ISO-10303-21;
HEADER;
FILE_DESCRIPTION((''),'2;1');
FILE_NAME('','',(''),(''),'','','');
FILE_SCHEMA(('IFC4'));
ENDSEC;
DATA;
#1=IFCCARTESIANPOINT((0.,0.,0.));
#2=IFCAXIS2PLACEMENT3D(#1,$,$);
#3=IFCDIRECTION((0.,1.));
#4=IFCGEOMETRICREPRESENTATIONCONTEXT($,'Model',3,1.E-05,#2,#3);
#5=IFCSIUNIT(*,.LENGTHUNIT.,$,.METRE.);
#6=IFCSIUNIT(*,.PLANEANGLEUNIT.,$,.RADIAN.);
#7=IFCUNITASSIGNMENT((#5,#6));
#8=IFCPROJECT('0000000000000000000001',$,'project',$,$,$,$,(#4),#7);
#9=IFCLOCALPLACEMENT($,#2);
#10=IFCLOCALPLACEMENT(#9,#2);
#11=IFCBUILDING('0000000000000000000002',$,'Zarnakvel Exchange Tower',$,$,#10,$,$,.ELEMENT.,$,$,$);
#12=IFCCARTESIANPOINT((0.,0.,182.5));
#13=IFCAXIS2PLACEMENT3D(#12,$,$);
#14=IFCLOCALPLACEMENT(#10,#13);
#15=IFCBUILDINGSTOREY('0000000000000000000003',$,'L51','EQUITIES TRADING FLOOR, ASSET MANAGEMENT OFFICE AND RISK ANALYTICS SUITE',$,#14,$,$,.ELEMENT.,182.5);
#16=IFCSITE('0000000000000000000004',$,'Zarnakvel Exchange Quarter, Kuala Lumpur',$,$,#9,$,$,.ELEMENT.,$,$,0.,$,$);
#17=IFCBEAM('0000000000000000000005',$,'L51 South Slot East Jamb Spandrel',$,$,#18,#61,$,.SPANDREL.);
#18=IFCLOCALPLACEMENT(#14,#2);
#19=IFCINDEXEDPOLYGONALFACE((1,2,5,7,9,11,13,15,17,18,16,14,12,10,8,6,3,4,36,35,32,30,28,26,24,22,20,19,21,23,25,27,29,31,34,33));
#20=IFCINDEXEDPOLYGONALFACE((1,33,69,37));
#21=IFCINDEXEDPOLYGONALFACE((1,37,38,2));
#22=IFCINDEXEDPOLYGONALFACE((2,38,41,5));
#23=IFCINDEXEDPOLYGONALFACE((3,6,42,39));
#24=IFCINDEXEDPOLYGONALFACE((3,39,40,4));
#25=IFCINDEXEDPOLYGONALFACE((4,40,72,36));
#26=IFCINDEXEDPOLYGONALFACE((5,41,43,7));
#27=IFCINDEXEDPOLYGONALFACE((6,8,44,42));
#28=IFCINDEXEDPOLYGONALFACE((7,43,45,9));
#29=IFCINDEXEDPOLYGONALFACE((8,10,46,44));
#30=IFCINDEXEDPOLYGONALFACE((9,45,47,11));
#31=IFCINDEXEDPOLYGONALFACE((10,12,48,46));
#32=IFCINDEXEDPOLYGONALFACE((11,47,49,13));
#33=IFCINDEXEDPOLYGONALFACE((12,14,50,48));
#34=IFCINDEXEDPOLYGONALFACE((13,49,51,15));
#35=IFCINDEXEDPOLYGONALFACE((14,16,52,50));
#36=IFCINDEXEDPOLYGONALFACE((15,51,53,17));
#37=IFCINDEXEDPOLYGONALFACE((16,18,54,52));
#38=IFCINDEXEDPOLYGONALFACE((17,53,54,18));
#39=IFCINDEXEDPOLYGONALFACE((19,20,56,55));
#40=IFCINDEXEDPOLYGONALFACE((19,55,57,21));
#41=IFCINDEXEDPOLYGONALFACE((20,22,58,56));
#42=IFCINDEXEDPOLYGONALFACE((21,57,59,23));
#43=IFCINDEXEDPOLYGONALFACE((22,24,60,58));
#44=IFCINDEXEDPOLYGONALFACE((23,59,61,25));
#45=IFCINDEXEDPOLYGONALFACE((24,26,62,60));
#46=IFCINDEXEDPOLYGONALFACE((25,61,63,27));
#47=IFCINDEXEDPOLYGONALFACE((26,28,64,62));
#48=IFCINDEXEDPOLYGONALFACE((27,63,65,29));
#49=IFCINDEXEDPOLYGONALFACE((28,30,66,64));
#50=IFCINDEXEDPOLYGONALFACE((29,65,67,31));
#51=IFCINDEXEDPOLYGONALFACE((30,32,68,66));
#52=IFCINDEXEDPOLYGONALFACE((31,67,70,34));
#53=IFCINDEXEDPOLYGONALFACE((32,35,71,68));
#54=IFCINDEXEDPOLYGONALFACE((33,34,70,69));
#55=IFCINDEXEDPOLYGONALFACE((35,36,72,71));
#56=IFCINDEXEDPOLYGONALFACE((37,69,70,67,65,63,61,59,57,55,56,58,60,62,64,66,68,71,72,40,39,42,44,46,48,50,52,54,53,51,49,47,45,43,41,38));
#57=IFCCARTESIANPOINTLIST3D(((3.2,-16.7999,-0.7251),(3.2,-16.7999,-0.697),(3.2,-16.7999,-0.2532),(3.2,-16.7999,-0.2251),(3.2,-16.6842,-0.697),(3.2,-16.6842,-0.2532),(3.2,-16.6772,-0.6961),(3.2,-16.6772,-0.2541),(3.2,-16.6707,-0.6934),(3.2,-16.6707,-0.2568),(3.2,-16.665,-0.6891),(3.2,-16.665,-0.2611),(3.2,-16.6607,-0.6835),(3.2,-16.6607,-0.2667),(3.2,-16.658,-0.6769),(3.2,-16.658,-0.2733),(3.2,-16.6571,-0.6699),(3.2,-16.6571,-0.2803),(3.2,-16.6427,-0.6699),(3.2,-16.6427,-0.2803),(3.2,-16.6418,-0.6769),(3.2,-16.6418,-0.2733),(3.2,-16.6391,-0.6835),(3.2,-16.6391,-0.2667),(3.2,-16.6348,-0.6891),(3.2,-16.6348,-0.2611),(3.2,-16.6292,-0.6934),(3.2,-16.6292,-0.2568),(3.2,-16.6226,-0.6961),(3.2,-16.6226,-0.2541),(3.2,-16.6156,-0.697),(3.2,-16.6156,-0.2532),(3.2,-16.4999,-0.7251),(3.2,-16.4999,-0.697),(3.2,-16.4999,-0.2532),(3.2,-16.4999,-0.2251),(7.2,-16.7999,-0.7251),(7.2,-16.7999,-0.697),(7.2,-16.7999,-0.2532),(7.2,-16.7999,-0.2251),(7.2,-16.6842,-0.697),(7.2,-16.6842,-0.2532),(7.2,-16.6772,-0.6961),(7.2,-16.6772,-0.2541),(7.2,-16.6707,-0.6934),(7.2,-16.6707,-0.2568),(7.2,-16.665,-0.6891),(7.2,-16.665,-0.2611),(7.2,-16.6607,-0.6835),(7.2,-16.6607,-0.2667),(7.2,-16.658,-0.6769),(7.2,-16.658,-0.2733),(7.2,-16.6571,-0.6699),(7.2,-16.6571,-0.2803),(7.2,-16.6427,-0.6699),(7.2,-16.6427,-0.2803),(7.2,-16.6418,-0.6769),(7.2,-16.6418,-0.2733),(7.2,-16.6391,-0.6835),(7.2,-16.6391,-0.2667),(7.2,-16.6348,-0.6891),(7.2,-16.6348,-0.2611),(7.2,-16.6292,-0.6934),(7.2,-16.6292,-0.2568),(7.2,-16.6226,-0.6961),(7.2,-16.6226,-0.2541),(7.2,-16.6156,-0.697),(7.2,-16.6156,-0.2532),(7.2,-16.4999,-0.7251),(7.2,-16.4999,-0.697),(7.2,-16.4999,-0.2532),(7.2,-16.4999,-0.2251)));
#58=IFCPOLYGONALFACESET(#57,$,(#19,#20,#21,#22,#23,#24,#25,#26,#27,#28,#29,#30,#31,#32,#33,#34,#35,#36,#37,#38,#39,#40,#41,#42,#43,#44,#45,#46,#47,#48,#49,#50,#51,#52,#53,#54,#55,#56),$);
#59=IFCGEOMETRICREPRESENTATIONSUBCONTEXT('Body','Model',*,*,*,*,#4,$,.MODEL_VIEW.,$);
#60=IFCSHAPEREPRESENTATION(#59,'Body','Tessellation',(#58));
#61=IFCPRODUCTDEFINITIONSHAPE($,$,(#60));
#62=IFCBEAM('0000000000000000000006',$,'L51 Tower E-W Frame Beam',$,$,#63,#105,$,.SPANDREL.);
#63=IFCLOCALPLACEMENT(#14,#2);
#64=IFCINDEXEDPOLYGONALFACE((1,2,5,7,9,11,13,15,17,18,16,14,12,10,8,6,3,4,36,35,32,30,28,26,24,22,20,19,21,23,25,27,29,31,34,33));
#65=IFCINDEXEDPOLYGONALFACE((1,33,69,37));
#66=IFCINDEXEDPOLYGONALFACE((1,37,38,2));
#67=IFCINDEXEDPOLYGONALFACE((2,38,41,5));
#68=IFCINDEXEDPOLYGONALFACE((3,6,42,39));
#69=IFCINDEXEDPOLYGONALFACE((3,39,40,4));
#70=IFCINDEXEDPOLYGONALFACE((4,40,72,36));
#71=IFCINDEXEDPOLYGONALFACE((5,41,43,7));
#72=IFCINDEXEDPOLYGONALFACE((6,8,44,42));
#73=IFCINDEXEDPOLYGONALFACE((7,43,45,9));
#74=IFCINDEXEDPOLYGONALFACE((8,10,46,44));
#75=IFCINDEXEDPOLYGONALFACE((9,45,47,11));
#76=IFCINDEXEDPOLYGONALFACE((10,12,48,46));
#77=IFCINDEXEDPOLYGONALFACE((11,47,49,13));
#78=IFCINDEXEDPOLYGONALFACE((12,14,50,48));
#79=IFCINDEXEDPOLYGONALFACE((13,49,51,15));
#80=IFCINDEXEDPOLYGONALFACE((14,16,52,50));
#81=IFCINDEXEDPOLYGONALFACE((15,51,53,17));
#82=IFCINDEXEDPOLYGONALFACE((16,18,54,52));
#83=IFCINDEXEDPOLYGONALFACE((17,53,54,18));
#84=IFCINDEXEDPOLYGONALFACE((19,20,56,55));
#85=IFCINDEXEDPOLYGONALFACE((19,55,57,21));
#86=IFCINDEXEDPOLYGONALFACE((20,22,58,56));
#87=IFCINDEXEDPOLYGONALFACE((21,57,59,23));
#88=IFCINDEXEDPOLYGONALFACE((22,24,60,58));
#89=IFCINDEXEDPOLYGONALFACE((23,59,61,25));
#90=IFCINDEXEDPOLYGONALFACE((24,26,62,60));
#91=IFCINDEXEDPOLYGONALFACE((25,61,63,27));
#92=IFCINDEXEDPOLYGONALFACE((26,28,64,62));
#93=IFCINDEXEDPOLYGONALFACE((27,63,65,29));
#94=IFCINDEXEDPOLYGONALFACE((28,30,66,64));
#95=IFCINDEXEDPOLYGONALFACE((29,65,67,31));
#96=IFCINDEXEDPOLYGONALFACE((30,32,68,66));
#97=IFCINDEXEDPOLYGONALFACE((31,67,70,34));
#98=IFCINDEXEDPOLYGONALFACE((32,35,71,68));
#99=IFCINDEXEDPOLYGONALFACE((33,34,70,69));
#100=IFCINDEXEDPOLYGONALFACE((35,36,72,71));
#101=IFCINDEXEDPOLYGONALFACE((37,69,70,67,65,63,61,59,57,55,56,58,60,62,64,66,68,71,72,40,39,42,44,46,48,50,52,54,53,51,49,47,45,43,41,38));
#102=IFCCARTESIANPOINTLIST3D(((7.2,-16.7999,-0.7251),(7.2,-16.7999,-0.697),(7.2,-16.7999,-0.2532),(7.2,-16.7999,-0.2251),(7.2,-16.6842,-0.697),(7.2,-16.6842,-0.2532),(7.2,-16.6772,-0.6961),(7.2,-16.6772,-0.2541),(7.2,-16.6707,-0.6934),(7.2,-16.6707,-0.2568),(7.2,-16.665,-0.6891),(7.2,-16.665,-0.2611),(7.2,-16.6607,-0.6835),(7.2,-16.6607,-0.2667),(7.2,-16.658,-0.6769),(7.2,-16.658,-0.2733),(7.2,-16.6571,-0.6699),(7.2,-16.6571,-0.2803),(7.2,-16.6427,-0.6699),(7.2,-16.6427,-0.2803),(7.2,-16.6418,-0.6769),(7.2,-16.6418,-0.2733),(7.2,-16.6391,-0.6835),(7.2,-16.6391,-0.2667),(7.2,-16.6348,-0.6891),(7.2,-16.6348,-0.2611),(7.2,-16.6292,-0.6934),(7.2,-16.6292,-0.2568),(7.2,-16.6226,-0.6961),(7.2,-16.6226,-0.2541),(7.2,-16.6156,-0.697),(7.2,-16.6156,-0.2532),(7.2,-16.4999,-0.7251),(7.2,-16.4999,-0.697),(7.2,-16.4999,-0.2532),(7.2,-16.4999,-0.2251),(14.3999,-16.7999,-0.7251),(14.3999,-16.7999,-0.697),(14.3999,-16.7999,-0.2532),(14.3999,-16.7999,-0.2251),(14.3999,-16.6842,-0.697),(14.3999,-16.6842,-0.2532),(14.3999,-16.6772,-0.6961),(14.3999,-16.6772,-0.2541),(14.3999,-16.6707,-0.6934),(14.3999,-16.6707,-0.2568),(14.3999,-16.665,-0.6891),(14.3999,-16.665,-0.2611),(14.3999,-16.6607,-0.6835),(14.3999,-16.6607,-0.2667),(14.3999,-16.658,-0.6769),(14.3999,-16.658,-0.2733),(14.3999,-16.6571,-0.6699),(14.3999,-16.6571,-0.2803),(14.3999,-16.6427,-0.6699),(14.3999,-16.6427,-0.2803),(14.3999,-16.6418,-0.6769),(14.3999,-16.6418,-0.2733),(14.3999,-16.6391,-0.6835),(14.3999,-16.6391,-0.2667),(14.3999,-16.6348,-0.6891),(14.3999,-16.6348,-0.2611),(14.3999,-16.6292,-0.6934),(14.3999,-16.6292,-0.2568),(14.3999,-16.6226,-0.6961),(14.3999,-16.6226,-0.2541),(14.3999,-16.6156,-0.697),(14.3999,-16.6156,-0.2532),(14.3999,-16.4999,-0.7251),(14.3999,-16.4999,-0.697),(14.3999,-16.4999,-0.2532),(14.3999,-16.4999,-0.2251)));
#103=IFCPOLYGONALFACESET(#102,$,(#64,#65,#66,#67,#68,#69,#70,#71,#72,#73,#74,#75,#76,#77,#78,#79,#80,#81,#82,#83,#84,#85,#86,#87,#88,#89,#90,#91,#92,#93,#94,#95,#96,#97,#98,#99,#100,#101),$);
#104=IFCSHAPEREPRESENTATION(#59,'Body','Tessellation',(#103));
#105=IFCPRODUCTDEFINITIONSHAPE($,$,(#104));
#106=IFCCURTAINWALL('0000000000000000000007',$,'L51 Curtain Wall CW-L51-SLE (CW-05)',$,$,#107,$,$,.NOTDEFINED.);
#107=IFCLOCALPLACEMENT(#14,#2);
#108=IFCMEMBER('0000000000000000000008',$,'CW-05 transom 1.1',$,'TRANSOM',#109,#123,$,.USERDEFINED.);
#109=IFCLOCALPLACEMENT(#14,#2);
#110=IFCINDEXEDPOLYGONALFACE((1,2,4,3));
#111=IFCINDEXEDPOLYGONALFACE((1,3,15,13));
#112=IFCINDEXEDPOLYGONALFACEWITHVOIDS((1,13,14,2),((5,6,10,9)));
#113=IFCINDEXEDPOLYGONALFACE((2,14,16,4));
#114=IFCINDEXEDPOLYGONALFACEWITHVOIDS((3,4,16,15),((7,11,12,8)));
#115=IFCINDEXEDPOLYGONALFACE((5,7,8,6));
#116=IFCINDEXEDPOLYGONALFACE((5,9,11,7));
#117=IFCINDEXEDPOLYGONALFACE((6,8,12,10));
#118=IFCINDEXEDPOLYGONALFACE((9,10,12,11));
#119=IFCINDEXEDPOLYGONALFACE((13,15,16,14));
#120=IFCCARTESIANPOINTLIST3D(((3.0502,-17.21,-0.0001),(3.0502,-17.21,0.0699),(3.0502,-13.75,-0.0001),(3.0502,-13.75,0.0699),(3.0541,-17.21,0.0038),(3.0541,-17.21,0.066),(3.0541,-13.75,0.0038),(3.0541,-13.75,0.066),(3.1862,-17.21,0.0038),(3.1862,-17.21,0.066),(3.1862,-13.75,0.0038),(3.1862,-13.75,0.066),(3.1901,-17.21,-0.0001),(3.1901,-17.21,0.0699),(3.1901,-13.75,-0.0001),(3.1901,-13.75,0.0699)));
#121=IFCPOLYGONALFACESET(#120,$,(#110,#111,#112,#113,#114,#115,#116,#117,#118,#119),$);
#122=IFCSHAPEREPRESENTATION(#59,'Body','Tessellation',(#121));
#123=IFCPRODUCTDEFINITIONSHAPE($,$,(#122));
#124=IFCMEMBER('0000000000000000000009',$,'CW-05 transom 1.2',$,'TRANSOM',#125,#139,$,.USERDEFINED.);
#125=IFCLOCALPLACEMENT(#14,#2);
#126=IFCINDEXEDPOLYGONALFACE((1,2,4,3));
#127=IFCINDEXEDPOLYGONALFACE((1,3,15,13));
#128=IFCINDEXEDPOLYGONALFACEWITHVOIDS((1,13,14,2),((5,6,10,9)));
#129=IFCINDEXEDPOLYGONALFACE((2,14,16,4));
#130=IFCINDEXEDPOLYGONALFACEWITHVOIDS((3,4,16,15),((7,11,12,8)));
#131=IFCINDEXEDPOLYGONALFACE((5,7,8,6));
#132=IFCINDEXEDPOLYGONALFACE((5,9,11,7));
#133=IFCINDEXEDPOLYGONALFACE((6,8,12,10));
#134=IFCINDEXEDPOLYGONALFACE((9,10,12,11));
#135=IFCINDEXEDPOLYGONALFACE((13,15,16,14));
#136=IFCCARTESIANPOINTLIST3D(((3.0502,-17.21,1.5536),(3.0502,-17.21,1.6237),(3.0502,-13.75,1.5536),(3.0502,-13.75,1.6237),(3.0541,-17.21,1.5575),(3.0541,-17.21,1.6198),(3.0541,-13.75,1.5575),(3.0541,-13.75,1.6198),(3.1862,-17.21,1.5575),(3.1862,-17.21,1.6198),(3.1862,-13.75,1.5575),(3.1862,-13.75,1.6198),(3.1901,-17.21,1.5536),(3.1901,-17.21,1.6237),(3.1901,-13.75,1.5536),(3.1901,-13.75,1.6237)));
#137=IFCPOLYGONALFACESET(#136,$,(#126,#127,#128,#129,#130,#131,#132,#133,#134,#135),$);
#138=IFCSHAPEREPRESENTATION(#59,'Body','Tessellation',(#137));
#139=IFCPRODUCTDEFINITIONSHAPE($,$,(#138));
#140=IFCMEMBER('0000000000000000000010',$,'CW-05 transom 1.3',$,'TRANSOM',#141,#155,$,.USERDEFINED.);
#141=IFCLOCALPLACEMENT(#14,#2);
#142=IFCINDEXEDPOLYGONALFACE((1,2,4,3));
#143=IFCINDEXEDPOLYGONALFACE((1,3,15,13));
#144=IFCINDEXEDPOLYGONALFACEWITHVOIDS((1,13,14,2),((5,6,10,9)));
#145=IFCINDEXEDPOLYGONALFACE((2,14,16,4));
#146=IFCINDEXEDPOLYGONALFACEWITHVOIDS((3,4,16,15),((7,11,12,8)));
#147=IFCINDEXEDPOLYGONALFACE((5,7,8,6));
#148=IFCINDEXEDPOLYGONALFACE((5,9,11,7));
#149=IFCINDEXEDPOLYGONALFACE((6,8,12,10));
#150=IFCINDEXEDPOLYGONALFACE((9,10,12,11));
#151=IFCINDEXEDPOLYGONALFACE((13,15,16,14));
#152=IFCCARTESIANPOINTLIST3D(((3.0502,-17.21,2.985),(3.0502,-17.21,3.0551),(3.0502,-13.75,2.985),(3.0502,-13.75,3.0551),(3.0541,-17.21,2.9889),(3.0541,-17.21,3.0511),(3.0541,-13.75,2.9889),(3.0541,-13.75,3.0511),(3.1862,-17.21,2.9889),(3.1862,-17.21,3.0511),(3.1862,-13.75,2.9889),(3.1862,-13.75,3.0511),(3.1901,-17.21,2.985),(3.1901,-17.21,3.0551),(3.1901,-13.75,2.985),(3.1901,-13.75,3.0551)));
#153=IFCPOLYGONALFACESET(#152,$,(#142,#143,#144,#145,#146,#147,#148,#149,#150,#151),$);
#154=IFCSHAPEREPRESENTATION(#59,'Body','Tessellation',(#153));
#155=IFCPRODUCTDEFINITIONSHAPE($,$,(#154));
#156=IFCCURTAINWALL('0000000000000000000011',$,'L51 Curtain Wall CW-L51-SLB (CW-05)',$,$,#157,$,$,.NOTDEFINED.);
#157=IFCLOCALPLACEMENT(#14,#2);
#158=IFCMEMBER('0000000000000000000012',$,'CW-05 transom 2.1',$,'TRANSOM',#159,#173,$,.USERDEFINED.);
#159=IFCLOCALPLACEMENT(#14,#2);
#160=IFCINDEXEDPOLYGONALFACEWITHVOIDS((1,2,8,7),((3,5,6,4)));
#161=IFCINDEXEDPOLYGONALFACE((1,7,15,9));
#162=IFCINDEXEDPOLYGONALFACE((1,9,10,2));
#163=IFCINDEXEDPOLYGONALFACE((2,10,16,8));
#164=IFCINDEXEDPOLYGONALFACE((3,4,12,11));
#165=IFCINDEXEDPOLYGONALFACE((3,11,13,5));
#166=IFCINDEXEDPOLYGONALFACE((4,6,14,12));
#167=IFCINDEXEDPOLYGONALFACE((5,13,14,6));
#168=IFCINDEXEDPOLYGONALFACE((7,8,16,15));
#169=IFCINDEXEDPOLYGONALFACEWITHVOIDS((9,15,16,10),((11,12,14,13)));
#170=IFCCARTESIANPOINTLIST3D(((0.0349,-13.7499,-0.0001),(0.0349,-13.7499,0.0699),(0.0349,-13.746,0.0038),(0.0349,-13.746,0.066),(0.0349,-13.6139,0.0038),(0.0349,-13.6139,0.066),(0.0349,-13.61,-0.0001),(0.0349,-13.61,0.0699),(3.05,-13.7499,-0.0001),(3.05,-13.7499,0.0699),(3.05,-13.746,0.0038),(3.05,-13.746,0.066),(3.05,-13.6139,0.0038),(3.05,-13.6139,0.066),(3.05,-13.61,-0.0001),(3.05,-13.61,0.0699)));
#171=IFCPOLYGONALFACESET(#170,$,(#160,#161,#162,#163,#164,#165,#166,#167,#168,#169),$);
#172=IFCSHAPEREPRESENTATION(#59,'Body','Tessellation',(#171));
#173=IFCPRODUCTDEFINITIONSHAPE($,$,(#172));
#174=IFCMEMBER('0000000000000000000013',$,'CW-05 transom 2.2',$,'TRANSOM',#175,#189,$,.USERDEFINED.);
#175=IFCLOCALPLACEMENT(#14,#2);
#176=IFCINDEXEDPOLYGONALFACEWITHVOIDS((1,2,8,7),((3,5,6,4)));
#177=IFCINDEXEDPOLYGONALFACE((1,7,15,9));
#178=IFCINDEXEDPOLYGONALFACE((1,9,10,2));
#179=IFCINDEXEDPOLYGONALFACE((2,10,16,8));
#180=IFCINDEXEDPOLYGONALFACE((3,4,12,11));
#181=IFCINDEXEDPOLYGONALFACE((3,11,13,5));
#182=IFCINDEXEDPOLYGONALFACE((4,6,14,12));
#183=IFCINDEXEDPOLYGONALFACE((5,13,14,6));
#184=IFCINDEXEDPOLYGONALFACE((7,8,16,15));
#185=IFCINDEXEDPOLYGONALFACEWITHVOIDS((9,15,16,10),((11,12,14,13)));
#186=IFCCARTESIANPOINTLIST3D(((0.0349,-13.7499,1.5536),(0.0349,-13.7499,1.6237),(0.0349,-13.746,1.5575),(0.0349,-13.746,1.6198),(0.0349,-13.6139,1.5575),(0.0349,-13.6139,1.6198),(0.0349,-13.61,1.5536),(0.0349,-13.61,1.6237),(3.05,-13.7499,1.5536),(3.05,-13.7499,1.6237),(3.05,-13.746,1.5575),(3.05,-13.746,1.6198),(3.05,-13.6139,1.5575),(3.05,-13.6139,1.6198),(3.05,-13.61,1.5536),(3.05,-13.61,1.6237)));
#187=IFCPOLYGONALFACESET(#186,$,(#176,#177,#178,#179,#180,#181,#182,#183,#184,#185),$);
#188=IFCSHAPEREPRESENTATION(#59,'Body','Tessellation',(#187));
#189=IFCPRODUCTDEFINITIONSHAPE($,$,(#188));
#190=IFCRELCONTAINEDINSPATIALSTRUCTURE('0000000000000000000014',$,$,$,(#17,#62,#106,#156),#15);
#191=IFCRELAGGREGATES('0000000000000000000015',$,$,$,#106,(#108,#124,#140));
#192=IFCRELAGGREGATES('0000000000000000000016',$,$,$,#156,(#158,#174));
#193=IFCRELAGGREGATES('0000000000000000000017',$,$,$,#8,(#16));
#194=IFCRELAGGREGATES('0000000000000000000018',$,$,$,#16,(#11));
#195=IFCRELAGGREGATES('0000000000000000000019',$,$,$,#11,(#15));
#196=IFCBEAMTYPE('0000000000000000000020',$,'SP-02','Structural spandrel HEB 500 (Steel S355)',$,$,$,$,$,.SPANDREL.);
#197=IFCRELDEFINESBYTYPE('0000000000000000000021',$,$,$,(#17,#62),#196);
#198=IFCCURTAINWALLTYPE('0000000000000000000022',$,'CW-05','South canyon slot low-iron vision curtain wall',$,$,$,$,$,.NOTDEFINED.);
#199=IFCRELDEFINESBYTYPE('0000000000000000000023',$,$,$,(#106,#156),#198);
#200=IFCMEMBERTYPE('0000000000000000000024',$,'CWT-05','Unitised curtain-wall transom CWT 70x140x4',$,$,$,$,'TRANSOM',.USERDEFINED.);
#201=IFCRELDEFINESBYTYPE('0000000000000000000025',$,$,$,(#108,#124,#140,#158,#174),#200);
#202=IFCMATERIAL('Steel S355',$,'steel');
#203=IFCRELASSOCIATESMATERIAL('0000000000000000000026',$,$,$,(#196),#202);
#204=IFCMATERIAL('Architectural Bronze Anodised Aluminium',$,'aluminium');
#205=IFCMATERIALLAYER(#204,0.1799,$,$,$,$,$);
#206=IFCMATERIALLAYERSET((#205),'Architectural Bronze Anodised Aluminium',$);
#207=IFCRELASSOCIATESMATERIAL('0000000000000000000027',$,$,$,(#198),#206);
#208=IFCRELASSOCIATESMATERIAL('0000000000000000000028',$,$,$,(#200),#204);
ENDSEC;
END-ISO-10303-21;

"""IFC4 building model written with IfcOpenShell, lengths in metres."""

from ifc_helpers import new_model, si_unit, direction, frame, origin, origin_2d, place, context, subcontext, project, spatial, hollow_rectangle, i_section, extrude, source, transform, mapped, material, layer, layer_set, material_profile, profile_set, type_object, element, aggregate, save


model = new_model("IFC4")

# Units and contexts
model_context = context("Model", 3, precision=1e-05, world=origin(), true_north=direction((0.0, 1.0)))
body_context = subcontext(model_context, "Body", "Model", "MODEL_VIEW")
ifc_project = project(units=[si_unit("LENGTHUNIT", "METRE"), si_unit("PLANEANGLEUNIT", "RADIAN")], contexts=[model_context])

# Site, building, storey
site_placement = place(None, origin())
site = spatial("IfcSite", under=ifc_project, at=site_placement, Name="Zarnakvel Exchange Quarter, Kuala Lumpur", CompositionType="ELEMENT", RefElevation=0.0)
building_placement = place(site_placement, origin())
building = spatial("IfcBuilding", under=site, at=building_placement, Name="Zarnakvel Exchange Tower", CompositionType="ELEMENT")
storey_placement = place(building_placement, frame((0.0, 0.0, 182.5)))
storey = spatial("IfcBuildingStorey", under=building, at=storey_placement, Name="L51", Description="EQUITIES TRADING FLOOR, ASSET MANAGEMENT OFFICE AND RISK ANALYTICS SUITE", CompositionType="ELEMENT", Elevation=182.5)

# Beams
ifc_material_1 = material(Name="Steel S355", Category="steel")
ifc_material_profile_1 = material_profile(ifc_material_1, i_section(OverallWidth=0.3, OverallDepth=0.5, WebThickness=0.0144, FlangeThickness=0.0281, FilletRadius=0.0271, at=origin_2d()))
ifc_profile_set_1 = profile_set([ifc_material_profile_1], Name="Steel S355")
beam_type_1 = type_object("IfcBeamType", Name="SP-02", Description="Structural spandrel HEB 500 (Steel S355)", PredefinedType="SPANDREL", material=ifc_profile_set_1)
beam_1_placement = place(storey_placement, frame((3.2, -16.6499, -0.4751), z_axis=(1.0, 0.0, 0.0), x_axis=(0.0, 1.0, 0.0)))
element("IfcBeam", 1, at=beam_1_placement, inside=storey, type_object=beam_type_1, Name="L51 South Slot East Jamb Spandrel", PredefinedType="SPANDREL", context=body_context, shape_type="SweptSolid", body=[
    extrude(i_section(OverallWidth=0.3, OverallDepth=0.5, WebThickness=0.0144, FlangeThickness=0.0281, FilletRadius=0.0271, at=origin_2d()), origin(), (0.0, 0.0, 1.0), 4.0),
])
beam_2_placement = place(storey_placement, frame((7.2, -16.6499, -0.4751), z_axis=(1.0, 0.0, 0.0), x_axis=(0.0, 1.0, 0.0)))
element("IfcBeam", 2, at=beam_2_placement, inside=storey, type_object=beam_type_1, Name="L51 Tower E-W Frame Beam", PredefinedType="SPANDREL", context=body_context, shape_type="SweptSolid", body=[
    extrude(i_section(OverallWidth=0.3, OverallDepth=0.5, WebThickness=0.0144, FlangeThickness=0.0281, FilletRadius=0.0271, at=origin_2d()), origin(), (0.0, 0.0, 1.0), 7.2),
])

# Curtain walls, members
ifc_material_2 = material(Name="Architectural Bronze Anodised Aluminium", Category="aluminium")
ifc_layer_1 = layer(ifc_material_2, 0.1799)
ifc_layer_set_1 = layer_set([ifc_layer_1], Name="Architectural Bronze Anodised Aluminium")
curtain_wall_type = type_object("IfcCurtainWallType", Name="CW-05", Description="South canyon slot low-iron vision curtain wall", PredefinedType="NOTDEFINED", material=ifc_layer_set_1)
curtain_wall_1_placement = place(storey_placement, origin())
curtain_wall_1 = element("IfcCurtainWall", 3, at=curtain_wall_1_placement, inside=storey, type_object=curtain_wall_type, Name="L51 Curtain Wall CW-L51-SLE (CW-05)", PredefinedType="NOTDEFINED")
ifc_material_profile_2 = material_profile(ifc_material_2, hollow_rectangle(XDim=0.1399, YDim=0.0701, WallThickness=0.0039, at=origin_2d()))
ifc_profile_set_2 = profile_set([ifc_material_profile_2], Name="Architectural Bronze Anodised Aluminium")
member_type_1 = type_object("IfcMemberType", Name="CWT-05", Description="Unitised curtain-wall transom CWT 70x140x4", ElementType="TRANSOM", PredefinedType="USERDEFINED", material=ifc_profile_set_2)
shared_shape_1 = source(origin(), body_context, "Body", "SweptSolid", [
    extrude(hollow_rectangle(XDim=0.1399, YDim=0.0701, WallThickness=0.0039, at=origin_2d()), origin(), (0.0, 0.0, 1.0), 3.46),
])
member_1_placement = place(storey_placement, frame((3.1201, -13.75, 0.0349), z_axis=(0.0, -1.0, 0.0), x_axis=(1.0, 0.0, 0.0)))
member_1 = element("IfcMember", 4, at=member_1_placement, type_object=member_type_1, Name="CW-05 transom 1.1", ObjectType="TRANSOM", PredefinedType="USERDEFINED", context=body_context, shape_type="MappedRepresentation", body=[
    mapped(shared_shape_1, transform((0.0, 0.0, 0.0), x_axis=(1.0, 0.0, 0.0), y_axis=(0.0, 1.0, 0.0), z_axis=(0.0, 0.0, 1.0), scale=1.0)),
])
member_2_placement = place(storey_placement, frame((3.1201, -13.75, 1.5886), z_axis=(0.0, -1.0, 0.0), x_axis=(1.0, 0.0, 0.0)))
member_2 = element("IfcMember", 5, at=member_2_placement, type_object=member_type_1, Name="CW-05 transom 1.2", ObjectType="TRANSOM", PredefinedType="USERDEFINED", context=body_context, shape_type="MappedRepresentation", body=[
    mapped(shared_shape_1, transform((0.0, 0.0, 0.0), x_axis=(1.0, 0.0, 0.0), y_axis=(0.0, 1.0, 0.0), z_axis=(0.0, 0.0, 1.0), scale=1.0)),
])
member_3_placement = place(storey_placement, frame((3.1201, -13.75, 3.02), z_axis=(0.0, -1.0, 0.0), x_axis=(1.0, 0.0, 0.0)))
member_3 = element("IfcMember", 6, at=member_3_placement, type_object=member_type_1, Name="CW-05 transom 1.3", ObjectType="TRANSOM", PredefinedType="USERDEFINED", context=body_context, shape_type="MappedRepresentation", body=[
    mapped(shared_shape_1, transform((0.0, 0.0, 0.0), x_axis=(1.0, 0.0, 0.0), y_axis=(0.0, 1.0, 0.0), z_axis=(0.0, 0.0, 1.0), scale=1.0)),
])
curtain_wall_2_placement = place(storey_placement, origin())
curtain_wall_2 = element("IfcCurtainWall", 7, at=curtain_wall_2_placement, inside=storey, type_object=curtain_wall_type, Name="L51 Curtain Wall CW-L51-SLB (CW-05)", PredefinedType="NOTDEFINED")
shared_shape_2 = source(origin(), body_context, "Body", "SweptSolid", [
    extrude(hollow_rectangle(XDim=0.1399, YDim=0.0701, WallThickness=0.0039, at=origin_2d()), origin(), (0.0, 0.0, 1.0), 3.0151),
])
member_4_placement = place(storey_placement, frame((0.0349, -13.6799, 0.0349), z_axis=(1.0, 0.0, 0.0), x_axis=(0.0, 1.0, 0.0)))
member_4 = element("IfcMember", 8, at=member_4_placement, type_object=member_type_1, Name="CW-05 transom 2.1", ObjectType="TRANSOM", PredefinedType="USERDEFINED", context=body_context, shape_type="MappedRepresentation", body=[
    mapped(shared_shape_2, transform((0.0, 0.0, 0.0), x_axis=(1.0, 0.0, 0.0), y_axis=(0.0, 1.0, 0.0), z_axis=(0.0, 0.0, 1.0), scale=1.0)),
])
member_5_placement = place(storey_placement, frame((0.0349, -13.6799, 1.5886), z_axis=(1.0, 0.0, 0.0), x_axis=(0.0, 1.0, 0.0)))
member_5 = element("IfcMember", 9, at=member_5_placement, type_object=member_type_1, Name="CW-05 transom 2.2", ObjectType="TRANSOM", PredefinedType="USERDEFINED", context=body_context, shape_type="MappedRepresentation", body=[
    mapped(shared_shape_2, transform((0.0, 0.0, 0.0), x_axis=(1.0, 0.0, 0.0), y_axis=(0.0, 1.0, 0.0), z_axis=(0.0, 0.0, 1.0), scale=1.0)),
])

aggregate(curtain_wall_1, [member_1, member_2, member_3])
aggregate(curtain_wall_2, [member_4, member_5])

save(model, "model.ifc")
